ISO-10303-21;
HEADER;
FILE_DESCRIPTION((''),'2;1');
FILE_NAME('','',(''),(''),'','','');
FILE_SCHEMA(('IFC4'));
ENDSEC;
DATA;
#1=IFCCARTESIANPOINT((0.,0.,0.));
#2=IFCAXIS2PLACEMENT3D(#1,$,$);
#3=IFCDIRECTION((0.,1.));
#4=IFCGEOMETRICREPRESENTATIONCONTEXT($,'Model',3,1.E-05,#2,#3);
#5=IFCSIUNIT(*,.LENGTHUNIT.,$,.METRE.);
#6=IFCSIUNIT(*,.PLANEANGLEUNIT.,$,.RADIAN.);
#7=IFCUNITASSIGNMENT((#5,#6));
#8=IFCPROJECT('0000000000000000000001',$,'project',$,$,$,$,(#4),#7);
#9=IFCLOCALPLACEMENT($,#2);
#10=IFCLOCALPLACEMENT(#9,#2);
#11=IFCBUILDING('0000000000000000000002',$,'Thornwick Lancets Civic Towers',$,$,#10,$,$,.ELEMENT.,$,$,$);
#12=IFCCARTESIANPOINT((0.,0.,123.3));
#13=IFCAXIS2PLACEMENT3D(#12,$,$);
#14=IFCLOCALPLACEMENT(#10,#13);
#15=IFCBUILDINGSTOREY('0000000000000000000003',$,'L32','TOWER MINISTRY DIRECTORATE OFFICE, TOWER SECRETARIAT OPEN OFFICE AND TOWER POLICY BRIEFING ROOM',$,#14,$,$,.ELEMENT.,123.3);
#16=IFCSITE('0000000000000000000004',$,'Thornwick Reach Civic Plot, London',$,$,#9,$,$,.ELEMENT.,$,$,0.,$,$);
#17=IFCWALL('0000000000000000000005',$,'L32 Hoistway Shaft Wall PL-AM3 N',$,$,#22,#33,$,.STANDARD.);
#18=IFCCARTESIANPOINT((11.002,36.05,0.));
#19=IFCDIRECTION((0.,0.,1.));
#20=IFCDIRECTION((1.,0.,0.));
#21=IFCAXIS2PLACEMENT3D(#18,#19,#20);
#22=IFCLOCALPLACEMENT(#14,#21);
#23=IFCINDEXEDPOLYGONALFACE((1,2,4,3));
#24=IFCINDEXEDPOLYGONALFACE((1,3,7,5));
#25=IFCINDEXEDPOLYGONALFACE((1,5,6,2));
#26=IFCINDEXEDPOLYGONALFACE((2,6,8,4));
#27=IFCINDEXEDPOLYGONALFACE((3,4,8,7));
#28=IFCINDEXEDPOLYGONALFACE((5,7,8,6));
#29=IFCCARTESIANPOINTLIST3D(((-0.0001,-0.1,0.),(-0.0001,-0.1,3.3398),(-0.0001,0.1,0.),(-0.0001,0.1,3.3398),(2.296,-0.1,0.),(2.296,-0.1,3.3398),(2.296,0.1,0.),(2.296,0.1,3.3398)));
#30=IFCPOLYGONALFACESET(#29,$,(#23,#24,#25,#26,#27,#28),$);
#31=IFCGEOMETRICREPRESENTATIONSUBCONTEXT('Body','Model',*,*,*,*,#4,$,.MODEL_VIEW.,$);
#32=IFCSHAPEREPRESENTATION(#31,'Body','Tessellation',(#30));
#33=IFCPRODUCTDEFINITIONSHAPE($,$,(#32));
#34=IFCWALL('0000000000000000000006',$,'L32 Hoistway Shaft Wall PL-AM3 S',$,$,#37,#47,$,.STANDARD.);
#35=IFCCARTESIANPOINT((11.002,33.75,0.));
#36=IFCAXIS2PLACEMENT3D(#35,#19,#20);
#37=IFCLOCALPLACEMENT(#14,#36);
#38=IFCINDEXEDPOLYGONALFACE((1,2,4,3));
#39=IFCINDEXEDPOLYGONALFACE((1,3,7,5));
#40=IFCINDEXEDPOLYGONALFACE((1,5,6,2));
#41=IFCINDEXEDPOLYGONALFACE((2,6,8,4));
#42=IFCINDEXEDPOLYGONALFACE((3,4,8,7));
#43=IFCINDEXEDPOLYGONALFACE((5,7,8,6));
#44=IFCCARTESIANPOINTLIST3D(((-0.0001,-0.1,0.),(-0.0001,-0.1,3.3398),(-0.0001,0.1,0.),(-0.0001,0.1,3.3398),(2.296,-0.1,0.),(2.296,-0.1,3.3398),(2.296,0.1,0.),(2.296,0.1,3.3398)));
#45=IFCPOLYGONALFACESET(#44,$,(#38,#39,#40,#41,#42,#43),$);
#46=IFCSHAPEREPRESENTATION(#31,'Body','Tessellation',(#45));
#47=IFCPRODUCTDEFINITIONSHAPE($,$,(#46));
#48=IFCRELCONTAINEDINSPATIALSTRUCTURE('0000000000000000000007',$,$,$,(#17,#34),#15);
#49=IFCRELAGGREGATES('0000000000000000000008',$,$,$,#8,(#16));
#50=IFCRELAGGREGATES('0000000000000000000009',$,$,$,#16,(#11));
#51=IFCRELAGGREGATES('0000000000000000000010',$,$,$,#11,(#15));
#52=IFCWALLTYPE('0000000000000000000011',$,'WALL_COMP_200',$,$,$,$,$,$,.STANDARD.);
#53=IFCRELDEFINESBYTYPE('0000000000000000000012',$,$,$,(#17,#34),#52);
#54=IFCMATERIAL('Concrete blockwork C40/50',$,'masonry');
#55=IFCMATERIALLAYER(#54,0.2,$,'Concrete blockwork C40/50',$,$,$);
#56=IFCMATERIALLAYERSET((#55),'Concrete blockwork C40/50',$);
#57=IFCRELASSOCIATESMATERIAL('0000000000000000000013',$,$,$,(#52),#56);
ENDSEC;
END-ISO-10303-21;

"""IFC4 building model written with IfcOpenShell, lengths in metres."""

from ifc_helpers import new_model, si_unit, direction, frame, frame_2d, origin, place, context, subcontext, project, spatial, rectangle, extrude, material, layer, layer_set, type_object, element, save


model = new_model("IFC4")

# Units and contexts
model_context = context("Model", 3, precision=1e-05, world=origin(), true_north=direction((0.0, 1.0)))
body_context = subcontext(model_context, "Body", "Model", "MODEL_VIEW")
ifc_project = project(units=[si_unit("LENGTHUNIT", "METRE"), si_unit("PLANEANGLEUNIT", "RADIAN")], contexts=[model_context])

# Site, building, storey
site_placement = place(None, origin())
site = spatial("IfcSite", under=ifc_project, at=site_placement, Name="Thornwick Reach Civic Plot, London", CompositionType="ELEMENT", RefElevation=0.0)
building_placement = place(site_placement, origin())
building = spatial("IfcBuilding", under=site, at=building_placement, Name="Thornwick Lancets Civic Towers", CompositionType="ELEMENT")
storey_placement = place(building_placement, frame((0.0, 0.0, 123.3)))
storey = spatial("IfcBuildingStorey", under=building, at=storey_placement, Name="L32", Description="TOWER MINISTRY DIRECTORATE OFFICE, TOWER SECRETARIAT OPEN OFFICE AND TOWER POLICY BRIEFING ROOM", CompositionType="ELEMENT", Elevation=123.3)

# Walls
ifc_material_1 = material(Name="Concrete blockwork C40/50", Category="masonry")
ifc_layer_1 = layer(ifc_material_1, 0.2, Name="Concrete blockwork C40/50")
ifc_layer_set_1 = layer_set([ifc_layer_1], Name="Concrete blockwork C40/50")
wall_type_1 = type_object("IfcWallType", Name="WALL_COMP_200", PredefinedType="STANDARD", material=ifc_layer_set_1)
for number, where, z_axis, x_axis, name in (
    (1, (11.002, 36.05, 0.0), (0.0, 0.0, 1.0), (1.0, 0.0, 0.0), "L32 Hoistway Shaft Wall PL-AM3 N"),
    (2, (11.002, 33.75, 0.0), (0.0, 0.0, 1.0), (1.0, 0.0, 0.0), "L32 Hoistway Shaft Wall PL-AM3 S"),
):
    element("IfcWall", number, at=place(storey_placement, frame(where, z_axis=z_axis, x_axis=x_axis)), inside=storey, type_object=wall_type_1, Name=name, PredefinedType="STANDARD", context=body_context, shape_type="SweptSolid", body=[
        extrude(rectangle(XDim=2.2961, YDim=0.2, at=frame_2d((1.1479, 0.0))), origin(), (0.0, 0.0, 1.0), 3.3398),
    ])

save(model, "model.ifc")
